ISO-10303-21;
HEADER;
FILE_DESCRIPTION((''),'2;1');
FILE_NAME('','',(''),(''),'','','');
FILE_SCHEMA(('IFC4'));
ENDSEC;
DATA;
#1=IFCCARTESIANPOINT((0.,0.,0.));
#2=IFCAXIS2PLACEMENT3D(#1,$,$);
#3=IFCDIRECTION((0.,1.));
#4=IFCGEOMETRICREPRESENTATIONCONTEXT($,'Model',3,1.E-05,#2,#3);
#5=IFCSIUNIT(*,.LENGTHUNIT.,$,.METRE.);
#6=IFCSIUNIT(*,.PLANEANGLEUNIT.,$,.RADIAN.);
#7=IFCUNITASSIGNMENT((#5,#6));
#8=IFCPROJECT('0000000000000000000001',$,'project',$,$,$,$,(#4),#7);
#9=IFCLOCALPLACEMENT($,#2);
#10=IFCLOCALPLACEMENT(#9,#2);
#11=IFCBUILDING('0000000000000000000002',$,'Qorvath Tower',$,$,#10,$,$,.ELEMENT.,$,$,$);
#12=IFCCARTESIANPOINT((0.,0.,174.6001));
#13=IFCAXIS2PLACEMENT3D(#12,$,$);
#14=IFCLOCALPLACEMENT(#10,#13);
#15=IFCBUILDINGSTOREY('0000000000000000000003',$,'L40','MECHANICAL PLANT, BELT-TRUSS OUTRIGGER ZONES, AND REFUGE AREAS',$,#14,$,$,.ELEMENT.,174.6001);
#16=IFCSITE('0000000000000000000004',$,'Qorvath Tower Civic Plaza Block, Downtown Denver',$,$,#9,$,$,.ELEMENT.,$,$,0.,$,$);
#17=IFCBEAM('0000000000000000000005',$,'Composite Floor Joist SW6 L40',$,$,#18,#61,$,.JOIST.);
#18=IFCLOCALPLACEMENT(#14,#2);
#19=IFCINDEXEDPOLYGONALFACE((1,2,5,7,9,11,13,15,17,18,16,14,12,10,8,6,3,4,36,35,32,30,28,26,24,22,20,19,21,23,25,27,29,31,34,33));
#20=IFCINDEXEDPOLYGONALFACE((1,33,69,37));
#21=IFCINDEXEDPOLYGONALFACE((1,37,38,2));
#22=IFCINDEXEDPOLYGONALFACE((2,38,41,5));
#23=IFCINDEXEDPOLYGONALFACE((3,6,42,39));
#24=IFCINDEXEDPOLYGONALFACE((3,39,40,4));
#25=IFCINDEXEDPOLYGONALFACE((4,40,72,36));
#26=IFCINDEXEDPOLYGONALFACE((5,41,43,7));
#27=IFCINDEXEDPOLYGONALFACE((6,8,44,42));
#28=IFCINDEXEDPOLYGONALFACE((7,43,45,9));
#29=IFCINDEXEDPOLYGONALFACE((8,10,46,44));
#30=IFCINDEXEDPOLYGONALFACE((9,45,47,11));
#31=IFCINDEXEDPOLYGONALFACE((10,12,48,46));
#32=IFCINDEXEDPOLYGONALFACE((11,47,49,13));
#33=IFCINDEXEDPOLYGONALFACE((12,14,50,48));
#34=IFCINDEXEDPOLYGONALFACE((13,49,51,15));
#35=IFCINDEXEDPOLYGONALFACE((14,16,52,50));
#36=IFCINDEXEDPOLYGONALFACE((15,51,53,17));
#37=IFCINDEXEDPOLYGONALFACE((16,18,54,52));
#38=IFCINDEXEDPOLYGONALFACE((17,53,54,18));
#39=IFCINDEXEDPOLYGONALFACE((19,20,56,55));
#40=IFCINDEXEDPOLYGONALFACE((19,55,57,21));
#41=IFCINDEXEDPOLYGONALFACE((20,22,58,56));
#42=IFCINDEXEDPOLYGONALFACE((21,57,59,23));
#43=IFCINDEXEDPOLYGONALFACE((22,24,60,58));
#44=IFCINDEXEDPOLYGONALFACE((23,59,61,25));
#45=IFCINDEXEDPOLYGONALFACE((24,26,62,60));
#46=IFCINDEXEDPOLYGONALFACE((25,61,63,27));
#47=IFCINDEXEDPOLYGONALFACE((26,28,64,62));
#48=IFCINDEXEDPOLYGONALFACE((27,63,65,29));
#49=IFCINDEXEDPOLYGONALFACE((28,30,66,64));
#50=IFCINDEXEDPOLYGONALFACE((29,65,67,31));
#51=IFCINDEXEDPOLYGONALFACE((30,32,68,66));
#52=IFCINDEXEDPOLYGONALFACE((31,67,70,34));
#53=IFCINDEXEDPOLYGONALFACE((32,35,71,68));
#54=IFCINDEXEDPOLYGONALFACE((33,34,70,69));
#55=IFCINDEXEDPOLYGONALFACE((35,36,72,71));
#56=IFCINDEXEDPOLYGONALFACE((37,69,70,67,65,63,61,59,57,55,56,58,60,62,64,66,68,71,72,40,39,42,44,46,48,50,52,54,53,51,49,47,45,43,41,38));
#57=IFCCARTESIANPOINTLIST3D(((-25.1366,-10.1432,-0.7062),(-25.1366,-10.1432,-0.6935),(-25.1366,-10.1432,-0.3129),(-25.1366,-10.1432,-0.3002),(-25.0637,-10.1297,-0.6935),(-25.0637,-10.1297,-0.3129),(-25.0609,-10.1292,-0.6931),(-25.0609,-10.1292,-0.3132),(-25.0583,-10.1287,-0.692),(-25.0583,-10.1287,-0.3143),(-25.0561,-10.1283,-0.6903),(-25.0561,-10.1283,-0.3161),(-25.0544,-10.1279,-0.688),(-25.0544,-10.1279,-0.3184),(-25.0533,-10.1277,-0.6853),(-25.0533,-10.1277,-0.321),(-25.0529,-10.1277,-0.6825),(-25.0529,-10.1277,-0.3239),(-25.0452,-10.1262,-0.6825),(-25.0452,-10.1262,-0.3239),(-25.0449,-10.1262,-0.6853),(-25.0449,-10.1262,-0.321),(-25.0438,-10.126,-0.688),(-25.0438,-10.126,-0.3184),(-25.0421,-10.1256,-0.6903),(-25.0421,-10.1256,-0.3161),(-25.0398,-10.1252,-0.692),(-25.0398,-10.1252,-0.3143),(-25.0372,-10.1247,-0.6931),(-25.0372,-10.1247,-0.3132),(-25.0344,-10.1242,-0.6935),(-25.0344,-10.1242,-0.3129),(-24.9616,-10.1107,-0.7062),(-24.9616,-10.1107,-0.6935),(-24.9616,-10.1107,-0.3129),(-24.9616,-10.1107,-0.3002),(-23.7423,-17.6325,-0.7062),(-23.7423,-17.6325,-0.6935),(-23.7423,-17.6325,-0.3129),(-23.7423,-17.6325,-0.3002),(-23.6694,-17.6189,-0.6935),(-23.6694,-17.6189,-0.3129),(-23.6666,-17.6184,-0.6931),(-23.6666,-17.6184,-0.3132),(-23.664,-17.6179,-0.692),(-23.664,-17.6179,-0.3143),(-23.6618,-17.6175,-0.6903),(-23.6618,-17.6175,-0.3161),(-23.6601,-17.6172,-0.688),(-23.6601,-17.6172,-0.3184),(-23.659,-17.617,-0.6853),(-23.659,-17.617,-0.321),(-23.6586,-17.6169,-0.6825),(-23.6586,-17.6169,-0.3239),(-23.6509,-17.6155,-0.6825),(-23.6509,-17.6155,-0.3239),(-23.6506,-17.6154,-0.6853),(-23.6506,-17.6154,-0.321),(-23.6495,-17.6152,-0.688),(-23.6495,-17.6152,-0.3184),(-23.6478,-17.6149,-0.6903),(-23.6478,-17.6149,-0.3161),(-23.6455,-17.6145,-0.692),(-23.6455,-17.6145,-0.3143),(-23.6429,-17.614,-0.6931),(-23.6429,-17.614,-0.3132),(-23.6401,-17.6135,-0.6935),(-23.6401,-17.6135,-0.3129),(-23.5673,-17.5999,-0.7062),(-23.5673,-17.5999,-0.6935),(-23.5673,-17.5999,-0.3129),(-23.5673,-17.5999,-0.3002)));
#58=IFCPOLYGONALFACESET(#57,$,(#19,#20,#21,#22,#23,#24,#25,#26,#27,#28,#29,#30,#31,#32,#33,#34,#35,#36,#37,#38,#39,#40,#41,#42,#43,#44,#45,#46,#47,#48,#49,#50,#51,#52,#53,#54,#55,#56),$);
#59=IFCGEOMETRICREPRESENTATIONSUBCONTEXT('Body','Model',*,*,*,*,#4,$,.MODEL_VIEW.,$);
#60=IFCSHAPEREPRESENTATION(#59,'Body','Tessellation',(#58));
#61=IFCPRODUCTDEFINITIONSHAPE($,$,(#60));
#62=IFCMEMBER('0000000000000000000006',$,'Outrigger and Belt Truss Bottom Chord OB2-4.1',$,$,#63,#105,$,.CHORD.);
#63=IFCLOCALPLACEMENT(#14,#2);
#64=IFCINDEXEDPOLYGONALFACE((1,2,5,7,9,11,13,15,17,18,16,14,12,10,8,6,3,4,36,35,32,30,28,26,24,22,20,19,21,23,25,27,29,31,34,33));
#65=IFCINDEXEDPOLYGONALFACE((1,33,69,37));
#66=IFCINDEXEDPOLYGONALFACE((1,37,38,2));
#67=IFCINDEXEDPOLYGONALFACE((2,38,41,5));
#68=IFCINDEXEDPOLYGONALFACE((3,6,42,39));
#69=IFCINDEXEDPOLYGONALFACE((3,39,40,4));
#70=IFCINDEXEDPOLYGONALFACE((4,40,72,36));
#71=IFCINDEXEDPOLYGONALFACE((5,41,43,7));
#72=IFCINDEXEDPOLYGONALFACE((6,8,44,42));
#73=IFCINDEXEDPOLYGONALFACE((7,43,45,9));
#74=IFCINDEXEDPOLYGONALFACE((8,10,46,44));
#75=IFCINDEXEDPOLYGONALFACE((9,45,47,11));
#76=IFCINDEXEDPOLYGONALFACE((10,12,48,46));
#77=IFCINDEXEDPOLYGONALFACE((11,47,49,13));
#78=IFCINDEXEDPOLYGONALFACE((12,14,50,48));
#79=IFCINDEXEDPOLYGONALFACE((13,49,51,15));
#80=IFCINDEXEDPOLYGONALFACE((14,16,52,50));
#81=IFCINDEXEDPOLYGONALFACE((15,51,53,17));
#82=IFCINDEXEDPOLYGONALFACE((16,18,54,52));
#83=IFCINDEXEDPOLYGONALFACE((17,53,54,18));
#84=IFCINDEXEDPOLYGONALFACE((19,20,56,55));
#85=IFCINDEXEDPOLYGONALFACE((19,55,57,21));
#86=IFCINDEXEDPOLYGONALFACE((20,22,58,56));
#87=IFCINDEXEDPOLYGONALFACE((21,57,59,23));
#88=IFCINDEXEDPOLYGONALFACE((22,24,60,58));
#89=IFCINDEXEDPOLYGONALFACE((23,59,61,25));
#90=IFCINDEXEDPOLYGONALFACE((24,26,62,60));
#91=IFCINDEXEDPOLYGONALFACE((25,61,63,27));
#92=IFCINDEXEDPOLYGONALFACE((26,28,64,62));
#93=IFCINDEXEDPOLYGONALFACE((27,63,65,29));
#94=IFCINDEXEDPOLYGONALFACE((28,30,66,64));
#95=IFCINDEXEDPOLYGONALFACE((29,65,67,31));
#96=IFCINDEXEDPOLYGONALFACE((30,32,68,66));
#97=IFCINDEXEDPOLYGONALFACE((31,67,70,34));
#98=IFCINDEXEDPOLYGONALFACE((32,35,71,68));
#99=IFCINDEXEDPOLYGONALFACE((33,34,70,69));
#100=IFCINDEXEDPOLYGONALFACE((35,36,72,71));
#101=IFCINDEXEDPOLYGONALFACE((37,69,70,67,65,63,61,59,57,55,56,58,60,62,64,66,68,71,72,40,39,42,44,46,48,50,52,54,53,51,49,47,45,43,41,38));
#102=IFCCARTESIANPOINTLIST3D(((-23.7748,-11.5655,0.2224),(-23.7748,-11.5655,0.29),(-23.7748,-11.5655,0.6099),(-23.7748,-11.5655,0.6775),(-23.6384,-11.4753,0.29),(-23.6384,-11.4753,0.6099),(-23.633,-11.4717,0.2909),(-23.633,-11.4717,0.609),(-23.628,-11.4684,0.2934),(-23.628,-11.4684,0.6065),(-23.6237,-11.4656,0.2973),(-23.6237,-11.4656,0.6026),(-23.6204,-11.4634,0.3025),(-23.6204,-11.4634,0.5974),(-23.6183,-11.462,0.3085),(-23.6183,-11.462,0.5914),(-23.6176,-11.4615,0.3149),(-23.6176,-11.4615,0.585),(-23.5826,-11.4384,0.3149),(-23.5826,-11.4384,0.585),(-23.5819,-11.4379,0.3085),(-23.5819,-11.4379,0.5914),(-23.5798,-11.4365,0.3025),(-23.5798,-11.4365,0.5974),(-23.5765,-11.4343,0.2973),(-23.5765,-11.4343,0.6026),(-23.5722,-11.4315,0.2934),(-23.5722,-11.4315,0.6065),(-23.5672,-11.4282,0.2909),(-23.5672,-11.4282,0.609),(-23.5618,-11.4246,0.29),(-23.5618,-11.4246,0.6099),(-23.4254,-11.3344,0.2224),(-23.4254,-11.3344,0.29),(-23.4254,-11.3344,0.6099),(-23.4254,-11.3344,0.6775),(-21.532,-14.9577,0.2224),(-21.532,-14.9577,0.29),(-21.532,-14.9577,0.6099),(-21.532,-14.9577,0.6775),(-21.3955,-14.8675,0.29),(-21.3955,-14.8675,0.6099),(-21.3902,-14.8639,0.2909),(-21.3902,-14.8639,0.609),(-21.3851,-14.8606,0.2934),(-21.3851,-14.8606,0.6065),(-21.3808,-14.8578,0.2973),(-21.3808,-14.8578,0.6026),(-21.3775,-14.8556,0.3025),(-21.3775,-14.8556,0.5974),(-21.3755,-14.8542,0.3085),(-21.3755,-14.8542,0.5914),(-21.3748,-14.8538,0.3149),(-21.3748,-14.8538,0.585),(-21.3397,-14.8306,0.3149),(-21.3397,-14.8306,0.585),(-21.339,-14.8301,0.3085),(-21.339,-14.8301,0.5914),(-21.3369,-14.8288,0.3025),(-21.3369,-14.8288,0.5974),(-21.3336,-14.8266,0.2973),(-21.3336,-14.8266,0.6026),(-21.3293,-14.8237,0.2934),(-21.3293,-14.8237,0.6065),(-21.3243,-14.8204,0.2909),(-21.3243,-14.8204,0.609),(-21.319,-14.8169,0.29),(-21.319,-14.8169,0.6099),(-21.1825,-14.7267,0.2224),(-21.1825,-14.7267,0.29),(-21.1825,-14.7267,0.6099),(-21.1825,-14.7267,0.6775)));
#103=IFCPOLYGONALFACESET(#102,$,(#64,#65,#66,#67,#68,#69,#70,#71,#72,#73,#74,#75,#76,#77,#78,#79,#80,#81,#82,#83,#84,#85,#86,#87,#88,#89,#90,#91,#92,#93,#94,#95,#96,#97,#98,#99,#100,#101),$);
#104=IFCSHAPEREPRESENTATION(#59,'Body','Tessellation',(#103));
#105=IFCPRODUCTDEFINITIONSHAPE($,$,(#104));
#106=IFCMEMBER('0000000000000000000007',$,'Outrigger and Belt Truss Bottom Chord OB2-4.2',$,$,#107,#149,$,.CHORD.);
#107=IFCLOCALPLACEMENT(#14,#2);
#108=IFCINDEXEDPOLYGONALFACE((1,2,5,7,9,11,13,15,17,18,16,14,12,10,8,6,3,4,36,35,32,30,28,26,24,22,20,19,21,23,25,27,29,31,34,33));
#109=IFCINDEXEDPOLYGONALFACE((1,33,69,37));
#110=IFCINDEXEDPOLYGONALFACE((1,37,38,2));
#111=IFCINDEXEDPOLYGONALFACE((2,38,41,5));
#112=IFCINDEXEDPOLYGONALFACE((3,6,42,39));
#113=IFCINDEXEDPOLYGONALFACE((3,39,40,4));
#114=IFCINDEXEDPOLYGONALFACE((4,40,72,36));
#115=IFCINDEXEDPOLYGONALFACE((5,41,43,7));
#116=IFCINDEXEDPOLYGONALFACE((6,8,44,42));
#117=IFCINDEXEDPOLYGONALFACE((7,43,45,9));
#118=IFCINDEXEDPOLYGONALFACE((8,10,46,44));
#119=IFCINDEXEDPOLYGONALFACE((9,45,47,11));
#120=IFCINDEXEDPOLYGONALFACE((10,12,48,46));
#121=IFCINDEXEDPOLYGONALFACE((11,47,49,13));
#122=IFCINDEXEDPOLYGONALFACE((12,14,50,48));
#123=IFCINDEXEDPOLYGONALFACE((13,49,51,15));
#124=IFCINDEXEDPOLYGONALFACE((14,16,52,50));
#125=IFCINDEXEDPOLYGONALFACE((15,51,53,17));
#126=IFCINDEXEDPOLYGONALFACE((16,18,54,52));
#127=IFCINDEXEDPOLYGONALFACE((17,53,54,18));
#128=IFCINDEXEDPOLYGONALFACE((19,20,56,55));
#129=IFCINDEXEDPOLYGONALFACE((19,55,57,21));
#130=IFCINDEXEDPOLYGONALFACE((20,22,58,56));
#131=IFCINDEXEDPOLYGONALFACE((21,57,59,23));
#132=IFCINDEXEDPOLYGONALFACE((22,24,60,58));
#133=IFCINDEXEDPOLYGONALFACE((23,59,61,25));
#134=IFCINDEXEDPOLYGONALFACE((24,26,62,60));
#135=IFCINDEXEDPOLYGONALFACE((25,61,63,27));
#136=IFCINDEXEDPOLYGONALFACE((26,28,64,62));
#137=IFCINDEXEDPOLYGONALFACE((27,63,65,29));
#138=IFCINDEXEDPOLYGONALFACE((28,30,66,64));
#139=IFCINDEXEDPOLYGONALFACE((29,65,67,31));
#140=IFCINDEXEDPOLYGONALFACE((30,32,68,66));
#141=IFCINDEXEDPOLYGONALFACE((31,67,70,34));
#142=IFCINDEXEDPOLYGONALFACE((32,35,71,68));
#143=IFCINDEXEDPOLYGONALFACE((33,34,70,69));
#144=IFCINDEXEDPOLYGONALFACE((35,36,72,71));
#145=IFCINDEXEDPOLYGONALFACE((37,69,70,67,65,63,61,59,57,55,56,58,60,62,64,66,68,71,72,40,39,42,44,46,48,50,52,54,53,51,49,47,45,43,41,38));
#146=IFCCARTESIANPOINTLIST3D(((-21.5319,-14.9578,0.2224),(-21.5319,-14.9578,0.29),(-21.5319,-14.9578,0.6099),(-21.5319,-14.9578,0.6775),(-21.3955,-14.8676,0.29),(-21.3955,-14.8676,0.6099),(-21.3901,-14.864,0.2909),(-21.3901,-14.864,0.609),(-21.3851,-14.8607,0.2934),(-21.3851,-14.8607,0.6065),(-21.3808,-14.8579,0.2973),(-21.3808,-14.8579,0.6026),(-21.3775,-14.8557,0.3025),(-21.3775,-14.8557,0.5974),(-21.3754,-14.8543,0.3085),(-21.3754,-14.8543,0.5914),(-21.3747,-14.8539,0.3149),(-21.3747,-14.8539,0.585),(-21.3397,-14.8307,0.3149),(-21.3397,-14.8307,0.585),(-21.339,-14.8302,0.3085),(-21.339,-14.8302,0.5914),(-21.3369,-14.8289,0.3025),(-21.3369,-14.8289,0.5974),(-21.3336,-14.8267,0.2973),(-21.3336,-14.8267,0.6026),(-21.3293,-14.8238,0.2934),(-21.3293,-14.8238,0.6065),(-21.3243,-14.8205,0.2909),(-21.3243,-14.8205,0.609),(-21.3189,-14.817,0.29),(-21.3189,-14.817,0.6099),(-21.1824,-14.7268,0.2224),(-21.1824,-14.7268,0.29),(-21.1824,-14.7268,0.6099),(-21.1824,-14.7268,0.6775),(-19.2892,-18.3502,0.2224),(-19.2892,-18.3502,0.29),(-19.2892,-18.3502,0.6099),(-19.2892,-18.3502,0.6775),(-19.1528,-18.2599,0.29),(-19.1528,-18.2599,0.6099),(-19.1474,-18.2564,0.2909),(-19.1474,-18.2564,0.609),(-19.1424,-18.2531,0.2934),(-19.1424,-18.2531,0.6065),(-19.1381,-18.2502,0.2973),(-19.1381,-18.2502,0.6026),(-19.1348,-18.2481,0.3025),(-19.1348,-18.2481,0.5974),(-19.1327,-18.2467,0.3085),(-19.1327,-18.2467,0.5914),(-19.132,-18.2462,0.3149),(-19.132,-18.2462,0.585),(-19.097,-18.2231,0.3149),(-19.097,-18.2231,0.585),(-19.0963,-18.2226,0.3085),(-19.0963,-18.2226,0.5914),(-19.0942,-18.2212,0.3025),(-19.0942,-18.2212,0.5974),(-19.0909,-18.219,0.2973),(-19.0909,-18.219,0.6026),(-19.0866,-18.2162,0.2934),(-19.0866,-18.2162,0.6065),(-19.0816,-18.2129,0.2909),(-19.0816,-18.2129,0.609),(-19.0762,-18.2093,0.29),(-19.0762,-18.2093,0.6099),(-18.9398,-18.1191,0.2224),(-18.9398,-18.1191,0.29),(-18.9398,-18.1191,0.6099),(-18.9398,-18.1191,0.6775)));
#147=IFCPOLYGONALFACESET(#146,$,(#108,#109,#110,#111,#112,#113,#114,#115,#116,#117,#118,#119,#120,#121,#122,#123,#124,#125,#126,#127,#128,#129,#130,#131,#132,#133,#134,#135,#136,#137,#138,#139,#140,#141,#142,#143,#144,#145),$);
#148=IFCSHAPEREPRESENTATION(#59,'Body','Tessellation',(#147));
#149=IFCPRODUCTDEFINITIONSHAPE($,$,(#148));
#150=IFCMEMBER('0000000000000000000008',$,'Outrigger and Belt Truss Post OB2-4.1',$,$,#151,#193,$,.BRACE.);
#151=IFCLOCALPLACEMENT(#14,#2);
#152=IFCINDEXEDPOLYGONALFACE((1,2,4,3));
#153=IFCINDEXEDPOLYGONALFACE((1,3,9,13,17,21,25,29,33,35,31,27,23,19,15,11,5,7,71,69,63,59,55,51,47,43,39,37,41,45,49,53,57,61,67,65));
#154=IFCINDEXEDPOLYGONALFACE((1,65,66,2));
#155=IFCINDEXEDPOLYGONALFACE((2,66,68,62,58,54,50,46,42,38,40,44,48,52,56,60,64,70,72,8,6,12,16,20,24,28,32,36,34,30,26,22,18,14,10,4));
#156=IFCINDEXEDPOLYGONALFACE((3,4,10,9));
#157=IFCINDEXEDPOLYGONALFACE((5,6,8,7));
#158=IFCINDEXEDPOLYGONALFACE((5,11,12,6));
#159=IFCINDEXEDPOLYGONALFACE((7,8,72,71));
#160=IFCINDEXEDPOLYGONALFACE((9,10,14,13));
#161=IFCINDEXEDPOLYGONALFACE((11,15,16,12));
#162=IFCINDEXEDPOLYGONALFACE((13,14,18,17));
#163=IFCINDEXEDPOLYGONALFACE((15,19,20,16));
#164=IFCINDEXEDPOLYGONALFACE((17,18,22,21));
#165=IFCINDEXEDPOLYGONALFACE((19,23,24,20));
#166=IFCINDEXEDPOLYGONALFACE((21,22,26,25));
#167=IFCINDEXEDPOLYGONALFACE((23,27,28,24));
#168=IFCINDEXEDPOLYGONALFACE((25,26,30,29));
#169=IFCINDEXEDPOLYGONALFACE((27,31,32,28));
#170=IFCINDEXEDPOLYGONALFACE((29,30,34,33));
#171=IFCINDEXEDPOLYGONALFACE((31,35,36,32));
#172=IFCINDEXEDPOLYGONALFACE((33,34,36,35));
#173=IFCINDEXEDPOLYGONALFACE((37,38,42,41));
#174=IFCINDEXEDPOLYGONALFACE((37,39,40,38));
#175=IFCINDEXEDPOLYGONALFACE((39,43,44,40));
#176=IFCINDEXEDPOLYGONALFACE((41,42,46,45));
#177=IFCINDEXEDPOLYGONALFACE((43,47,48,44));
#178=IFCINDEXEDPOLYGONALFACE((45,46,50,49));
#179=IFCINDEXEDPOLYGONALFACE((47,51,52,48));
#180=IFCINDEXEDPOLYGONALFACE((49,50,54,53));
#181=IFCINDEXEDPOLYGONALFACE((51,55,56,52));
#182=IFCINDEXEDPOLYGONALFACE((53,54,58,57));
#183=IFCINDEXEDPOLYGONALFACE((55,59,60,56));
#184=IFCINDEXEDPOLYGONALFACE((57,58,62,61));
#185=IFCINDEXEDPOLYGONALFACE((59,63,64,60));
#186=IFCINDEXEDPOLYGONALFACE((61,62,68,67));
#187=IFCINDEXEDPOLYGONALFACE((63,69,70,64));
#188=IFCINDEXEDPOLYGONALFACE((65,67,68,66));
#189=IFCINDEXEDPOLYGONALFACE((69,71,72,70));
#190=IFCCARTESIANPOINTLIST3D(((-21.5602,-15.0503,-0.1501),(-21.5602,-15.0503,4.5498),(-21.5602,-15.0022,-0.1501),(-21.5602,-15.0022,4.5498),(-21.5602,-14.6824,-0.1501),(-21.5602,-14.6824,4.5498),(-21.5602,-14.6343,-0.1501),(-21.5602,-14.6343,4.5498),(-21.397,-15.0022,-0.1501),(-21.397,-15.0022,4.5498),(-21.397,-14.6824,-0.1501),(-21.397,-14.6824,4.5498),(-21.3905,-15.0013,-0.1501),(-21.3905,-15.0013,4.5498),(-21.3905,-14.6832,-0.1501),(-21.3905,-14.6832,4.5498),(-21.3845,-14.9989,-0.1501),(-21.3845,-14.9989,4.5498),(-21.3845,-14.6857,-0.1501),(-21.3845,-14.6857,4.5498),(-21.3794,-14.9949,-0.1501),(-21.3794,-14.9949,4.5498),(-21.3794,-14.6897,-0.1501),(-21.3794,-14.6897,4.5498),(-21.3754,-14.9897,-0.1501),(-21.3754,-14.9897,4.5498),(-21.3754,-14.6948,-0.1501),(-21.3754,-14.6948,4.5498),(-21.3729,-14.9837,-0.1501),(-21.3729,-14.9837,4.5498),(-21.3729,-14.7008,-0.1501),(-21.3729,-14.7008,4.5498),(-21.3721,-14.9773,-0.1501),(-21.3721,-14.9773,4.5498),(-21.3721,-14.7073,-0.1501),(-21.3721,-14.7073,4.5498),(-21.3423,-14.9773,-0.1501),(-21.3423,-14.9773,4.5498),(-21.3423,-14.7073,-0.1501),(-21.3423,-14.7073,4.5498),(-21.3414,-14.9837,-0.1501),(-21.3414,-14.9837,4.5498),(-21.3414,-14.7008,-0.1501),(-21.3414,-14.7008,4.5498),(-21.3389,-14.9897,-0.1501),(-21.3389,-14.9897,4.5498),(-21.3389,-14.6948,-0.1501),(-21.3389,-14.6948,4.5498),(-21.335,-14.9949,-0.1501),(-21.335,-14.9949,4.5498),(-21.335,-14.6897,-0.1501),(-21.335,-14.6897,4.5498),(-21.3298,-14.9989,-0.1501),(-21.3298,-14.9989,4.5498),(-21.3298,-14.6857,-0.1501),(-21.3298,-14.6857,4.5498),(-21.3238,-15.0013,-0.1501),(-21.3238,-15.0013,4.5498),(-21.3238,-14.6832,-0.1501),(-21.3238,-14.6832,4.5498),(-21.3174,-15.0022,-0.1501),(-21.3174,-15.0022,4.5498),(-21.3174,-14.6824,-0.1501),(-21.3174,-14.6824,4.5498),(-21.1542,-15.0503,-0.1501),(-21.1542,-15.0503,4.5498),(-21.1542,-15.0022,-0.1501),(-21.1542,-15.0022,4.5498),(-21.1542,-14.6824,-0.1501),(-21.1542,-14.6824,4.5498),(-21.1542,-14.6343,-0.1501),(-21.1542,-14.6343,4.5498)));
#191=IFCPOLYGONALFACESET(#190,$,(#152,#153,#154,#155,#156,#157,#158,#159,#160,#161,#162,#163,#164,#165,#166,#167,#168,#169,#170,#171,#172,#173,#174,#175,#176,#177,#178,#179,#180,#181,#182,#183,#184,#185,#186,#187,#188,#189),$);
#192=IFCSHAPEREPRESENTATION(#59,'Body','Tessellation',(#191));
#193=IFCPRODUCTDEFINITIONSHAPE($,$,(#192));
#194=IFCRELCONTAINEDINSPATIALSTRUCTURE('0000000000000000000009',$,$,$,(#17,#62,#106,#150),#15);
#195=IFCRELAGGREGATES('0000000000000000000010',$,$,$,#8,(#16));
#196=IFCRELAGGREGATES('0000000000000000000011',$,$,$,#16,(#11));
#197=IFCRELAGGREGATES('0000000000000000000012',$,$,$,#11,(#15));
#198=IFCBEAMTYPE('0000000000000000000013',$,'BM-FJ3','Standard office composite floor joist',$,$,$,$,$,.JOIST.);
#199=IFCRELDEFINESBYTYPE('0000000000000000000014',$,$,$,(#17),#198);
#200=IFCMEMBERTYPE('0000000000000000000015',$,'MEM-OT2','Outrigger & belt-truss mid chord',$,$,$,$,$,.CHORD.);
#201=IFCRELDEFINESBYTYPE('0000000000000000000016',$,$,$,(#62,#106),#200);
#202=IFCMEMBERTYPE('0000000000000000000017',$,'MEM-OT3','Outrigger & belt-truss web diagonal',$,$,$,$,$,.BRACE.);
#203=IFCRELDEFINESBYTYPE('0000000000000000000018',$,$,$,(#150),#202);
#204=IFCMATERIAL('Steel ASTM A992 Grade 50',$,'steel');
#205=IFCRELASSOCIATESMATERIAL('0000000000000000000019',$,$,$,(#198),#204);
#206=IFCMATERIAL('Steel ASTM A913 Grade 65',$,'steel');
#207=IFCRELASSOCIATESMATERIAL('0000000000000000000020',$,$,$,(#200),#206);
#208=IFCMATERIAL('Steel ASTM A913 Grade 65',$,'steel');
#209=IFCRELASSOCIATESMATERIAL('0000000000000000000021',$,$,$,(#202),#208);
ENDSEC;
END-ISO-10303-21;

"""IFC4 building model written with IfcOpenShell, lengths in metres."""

from ifc_helpers import new_model, si_unit, direction, frame, origin, origin_2d, place, context, subcontext, project, spatial, i_section, extrude, material, material_profile, profile_set, type_object, element, save


model = new_model("IFC4")

# Units and contexts
model_context = context("Model", 3, precision=1e-05, world=origin(), true_north=direction((0.0, 1.0)))
body_context = subcontext(model_context, "Body", "Model", "MODEL_VIEW")
ifc_project = project(units=[si_unit("LENGTHUNIT", "METRE"), si_unit("PLANEANGLEUNIT", "RADIAN")], contexts=[model_context])

# Site, building, storey
site_placement = place(None, origin())
site = spatial("IfcSite", under=ifc_project, at=site_placement, Name="Qorvath Tower Civic Plaza Block, Downtown Denver", CompositionType="ELEMENT", RefElevation=0.0)
building_placement = place(site_placement, origin())
building = spatial("IfcBuilding", under=site, at=building_placement, Name="Qorvath Tower", CompositionType="ELEMENT")
storey_placement = place(building_placement, frame((0.0, 0.0, 174.6001)))
storey = spatial("IfcBuildingStorey", under=building, at=storey_placement, Name="L40", Description="MECHANICAL PLANT, BELT-TRUSS OUTRIGGER ZONES, AND REFUGE AREAS", CompositionType="ELEMENT", Elevation=174.6001)

# Beam
ifc_material_1 = material(Name="Steel ASTM A992 Grade 50", Category="steel")
ifc_material_profile_1 = material_profile(ifc_material_1, i_section(OverallWidth=0.178, OverallDepth=0.406, WebThickness=0.0078, FlangeThickness=0.0127, FilletRadius=0.011, at=origin_2d()), Name="W16x40")
ifc_profile_set_1 = profile_set([ifc_material_profile_1], Name="Steel ASTM A992 Grade 50")
beam_type_1 = type_object("IfcBeamType", Name="BM-FJ3", Description="Standard office composite floor joist", PredefinedType="JOIST", material=ifc_profile_set_1)
beam_1_placement = place(storey_placement, frame((-25.0491, -10.127, -0.5032), z_axis=(0.183027, -0.983108, 0.0), x_axis=(0.983108, 0.183027, 0.0)))
element("IfcBeam", 1, at=beam_1_placement, inside=storey, type_object=beam_type_1, Name="Composite Floor Joist SW6 L40", PredefinedType="JOIST", context=body_context, shape_type="SweptSolid", body=[
    extrude(i_section(OverallWidth=0.178, OverallDepth=0.406, WebThickness=0.0078, FlangeThickness=0.0127, FilletRadius=0.011, at=origin_2d()), origin(), (0.0, 0.0, 1.0), 7.6179),
])

# Members
ifc_material_2 = material(Name="Steel ASTM A913 Grade 65", Category="steel")
ifc_material_profile_2 = material_profile(ifc_material_2, i_section(OverallWidth=0.4189, OverallDepth=0.4551, WebThickness=0.042, FlangeThickness=0.0676, FilletRadius=0.0249, at=origin_2d()), Name="W14x370")
ifc_profile_set_2 = profile_set([ifc_material_profile_2], Name="Steel ASTM A913 Grade 65")
member_type_1 = type_object("IfcMemberType", Name="MEM-OT2", Description="Outrigger & belt-truss mid chord", PredefinedType="CHORD", material=ifc_profile_set_2)
for number, where, z_axis, x_axis, name in (
    (2, (-23.6001, -11.45, 0.45), (0.551524, -0.834159, 0.0), (0.834159, 0.551524, 0.0), "Outrigger and Belt Truss Bottom Chord OB2-4.1"),
    (3, (-21.3572, -14.8423, 0.45), (0.551482, -0.834187, 0.0), (0.834187, 0.551482, 0.0), "Outrigger and Belt Truss Bottom Chord OB2-4.2"),
):
    element("IfcMember", number, at=place(storey_placement, frame(where, z_axis=z_axis, x_axis=x_axis)), inside=storey, type_object=member_type_1, Name=name, PredefinedType="CHORD", context=body_context, shape_type="SweptSolid", body=[
        extrude(i_section(OverallWidth=0.4189, OverallDepth=0.4551, WebThickness=0.042, FlangeThickness=0.0676, FilletRadius=0.0249, at=origin_2d()), origin(), (0.0, 0.0, 1.0), 4.0667),
    ])
ifc_material_3 = material(Name="Steel ASTM A913 Grade 65", Category="steel")
ifc_material_profile_3 = material_profile(ifc_material_3, i_section(OverallWidth=0.406, OverallDepth=0.416, WebThickness=0.0298, FlangeThickness=0.0481, FilletRadius=0.0249, at=origin_2d()), Name="W14x257")
ifc_profile_set_3 = profile_set([ifc_material_profile_3], Name="Steel ASTM A913 Grade 65")
member_type_2 = type_object("IfcMemberType", Name="MEM-OT3", Description="Outrigger & belt-truss web diagonal", PredefinedType="BRACE", material=ifc_profile_set_3)
member_1_placement = place(storey_placement, frame((-21.3572, -14.8423, -0.1501), z_axis=(0.0, 0.0, 1.0), x_axis=(1.0, 0.0, 0.0)))
element("IfcMember", 4, at=member_1_placement, inside=storey, type_object=member_type_2, Name="Outrigger and Belt Truss Post OB2-4.1", PredefinedType="BRACE", context=body_context, shape_type="SweptSolid", body=[
    extrude(i_section(OverallWidth=0.406, OverallDepth=0.416, WebThickness=0.0298, FlangeThickness=0.0481, FilletRadius=0.0249, at=origin_2d()), origin(), (0.0, 0.0, 1.0), 4.7),
])

save(model, "model.ifc")
